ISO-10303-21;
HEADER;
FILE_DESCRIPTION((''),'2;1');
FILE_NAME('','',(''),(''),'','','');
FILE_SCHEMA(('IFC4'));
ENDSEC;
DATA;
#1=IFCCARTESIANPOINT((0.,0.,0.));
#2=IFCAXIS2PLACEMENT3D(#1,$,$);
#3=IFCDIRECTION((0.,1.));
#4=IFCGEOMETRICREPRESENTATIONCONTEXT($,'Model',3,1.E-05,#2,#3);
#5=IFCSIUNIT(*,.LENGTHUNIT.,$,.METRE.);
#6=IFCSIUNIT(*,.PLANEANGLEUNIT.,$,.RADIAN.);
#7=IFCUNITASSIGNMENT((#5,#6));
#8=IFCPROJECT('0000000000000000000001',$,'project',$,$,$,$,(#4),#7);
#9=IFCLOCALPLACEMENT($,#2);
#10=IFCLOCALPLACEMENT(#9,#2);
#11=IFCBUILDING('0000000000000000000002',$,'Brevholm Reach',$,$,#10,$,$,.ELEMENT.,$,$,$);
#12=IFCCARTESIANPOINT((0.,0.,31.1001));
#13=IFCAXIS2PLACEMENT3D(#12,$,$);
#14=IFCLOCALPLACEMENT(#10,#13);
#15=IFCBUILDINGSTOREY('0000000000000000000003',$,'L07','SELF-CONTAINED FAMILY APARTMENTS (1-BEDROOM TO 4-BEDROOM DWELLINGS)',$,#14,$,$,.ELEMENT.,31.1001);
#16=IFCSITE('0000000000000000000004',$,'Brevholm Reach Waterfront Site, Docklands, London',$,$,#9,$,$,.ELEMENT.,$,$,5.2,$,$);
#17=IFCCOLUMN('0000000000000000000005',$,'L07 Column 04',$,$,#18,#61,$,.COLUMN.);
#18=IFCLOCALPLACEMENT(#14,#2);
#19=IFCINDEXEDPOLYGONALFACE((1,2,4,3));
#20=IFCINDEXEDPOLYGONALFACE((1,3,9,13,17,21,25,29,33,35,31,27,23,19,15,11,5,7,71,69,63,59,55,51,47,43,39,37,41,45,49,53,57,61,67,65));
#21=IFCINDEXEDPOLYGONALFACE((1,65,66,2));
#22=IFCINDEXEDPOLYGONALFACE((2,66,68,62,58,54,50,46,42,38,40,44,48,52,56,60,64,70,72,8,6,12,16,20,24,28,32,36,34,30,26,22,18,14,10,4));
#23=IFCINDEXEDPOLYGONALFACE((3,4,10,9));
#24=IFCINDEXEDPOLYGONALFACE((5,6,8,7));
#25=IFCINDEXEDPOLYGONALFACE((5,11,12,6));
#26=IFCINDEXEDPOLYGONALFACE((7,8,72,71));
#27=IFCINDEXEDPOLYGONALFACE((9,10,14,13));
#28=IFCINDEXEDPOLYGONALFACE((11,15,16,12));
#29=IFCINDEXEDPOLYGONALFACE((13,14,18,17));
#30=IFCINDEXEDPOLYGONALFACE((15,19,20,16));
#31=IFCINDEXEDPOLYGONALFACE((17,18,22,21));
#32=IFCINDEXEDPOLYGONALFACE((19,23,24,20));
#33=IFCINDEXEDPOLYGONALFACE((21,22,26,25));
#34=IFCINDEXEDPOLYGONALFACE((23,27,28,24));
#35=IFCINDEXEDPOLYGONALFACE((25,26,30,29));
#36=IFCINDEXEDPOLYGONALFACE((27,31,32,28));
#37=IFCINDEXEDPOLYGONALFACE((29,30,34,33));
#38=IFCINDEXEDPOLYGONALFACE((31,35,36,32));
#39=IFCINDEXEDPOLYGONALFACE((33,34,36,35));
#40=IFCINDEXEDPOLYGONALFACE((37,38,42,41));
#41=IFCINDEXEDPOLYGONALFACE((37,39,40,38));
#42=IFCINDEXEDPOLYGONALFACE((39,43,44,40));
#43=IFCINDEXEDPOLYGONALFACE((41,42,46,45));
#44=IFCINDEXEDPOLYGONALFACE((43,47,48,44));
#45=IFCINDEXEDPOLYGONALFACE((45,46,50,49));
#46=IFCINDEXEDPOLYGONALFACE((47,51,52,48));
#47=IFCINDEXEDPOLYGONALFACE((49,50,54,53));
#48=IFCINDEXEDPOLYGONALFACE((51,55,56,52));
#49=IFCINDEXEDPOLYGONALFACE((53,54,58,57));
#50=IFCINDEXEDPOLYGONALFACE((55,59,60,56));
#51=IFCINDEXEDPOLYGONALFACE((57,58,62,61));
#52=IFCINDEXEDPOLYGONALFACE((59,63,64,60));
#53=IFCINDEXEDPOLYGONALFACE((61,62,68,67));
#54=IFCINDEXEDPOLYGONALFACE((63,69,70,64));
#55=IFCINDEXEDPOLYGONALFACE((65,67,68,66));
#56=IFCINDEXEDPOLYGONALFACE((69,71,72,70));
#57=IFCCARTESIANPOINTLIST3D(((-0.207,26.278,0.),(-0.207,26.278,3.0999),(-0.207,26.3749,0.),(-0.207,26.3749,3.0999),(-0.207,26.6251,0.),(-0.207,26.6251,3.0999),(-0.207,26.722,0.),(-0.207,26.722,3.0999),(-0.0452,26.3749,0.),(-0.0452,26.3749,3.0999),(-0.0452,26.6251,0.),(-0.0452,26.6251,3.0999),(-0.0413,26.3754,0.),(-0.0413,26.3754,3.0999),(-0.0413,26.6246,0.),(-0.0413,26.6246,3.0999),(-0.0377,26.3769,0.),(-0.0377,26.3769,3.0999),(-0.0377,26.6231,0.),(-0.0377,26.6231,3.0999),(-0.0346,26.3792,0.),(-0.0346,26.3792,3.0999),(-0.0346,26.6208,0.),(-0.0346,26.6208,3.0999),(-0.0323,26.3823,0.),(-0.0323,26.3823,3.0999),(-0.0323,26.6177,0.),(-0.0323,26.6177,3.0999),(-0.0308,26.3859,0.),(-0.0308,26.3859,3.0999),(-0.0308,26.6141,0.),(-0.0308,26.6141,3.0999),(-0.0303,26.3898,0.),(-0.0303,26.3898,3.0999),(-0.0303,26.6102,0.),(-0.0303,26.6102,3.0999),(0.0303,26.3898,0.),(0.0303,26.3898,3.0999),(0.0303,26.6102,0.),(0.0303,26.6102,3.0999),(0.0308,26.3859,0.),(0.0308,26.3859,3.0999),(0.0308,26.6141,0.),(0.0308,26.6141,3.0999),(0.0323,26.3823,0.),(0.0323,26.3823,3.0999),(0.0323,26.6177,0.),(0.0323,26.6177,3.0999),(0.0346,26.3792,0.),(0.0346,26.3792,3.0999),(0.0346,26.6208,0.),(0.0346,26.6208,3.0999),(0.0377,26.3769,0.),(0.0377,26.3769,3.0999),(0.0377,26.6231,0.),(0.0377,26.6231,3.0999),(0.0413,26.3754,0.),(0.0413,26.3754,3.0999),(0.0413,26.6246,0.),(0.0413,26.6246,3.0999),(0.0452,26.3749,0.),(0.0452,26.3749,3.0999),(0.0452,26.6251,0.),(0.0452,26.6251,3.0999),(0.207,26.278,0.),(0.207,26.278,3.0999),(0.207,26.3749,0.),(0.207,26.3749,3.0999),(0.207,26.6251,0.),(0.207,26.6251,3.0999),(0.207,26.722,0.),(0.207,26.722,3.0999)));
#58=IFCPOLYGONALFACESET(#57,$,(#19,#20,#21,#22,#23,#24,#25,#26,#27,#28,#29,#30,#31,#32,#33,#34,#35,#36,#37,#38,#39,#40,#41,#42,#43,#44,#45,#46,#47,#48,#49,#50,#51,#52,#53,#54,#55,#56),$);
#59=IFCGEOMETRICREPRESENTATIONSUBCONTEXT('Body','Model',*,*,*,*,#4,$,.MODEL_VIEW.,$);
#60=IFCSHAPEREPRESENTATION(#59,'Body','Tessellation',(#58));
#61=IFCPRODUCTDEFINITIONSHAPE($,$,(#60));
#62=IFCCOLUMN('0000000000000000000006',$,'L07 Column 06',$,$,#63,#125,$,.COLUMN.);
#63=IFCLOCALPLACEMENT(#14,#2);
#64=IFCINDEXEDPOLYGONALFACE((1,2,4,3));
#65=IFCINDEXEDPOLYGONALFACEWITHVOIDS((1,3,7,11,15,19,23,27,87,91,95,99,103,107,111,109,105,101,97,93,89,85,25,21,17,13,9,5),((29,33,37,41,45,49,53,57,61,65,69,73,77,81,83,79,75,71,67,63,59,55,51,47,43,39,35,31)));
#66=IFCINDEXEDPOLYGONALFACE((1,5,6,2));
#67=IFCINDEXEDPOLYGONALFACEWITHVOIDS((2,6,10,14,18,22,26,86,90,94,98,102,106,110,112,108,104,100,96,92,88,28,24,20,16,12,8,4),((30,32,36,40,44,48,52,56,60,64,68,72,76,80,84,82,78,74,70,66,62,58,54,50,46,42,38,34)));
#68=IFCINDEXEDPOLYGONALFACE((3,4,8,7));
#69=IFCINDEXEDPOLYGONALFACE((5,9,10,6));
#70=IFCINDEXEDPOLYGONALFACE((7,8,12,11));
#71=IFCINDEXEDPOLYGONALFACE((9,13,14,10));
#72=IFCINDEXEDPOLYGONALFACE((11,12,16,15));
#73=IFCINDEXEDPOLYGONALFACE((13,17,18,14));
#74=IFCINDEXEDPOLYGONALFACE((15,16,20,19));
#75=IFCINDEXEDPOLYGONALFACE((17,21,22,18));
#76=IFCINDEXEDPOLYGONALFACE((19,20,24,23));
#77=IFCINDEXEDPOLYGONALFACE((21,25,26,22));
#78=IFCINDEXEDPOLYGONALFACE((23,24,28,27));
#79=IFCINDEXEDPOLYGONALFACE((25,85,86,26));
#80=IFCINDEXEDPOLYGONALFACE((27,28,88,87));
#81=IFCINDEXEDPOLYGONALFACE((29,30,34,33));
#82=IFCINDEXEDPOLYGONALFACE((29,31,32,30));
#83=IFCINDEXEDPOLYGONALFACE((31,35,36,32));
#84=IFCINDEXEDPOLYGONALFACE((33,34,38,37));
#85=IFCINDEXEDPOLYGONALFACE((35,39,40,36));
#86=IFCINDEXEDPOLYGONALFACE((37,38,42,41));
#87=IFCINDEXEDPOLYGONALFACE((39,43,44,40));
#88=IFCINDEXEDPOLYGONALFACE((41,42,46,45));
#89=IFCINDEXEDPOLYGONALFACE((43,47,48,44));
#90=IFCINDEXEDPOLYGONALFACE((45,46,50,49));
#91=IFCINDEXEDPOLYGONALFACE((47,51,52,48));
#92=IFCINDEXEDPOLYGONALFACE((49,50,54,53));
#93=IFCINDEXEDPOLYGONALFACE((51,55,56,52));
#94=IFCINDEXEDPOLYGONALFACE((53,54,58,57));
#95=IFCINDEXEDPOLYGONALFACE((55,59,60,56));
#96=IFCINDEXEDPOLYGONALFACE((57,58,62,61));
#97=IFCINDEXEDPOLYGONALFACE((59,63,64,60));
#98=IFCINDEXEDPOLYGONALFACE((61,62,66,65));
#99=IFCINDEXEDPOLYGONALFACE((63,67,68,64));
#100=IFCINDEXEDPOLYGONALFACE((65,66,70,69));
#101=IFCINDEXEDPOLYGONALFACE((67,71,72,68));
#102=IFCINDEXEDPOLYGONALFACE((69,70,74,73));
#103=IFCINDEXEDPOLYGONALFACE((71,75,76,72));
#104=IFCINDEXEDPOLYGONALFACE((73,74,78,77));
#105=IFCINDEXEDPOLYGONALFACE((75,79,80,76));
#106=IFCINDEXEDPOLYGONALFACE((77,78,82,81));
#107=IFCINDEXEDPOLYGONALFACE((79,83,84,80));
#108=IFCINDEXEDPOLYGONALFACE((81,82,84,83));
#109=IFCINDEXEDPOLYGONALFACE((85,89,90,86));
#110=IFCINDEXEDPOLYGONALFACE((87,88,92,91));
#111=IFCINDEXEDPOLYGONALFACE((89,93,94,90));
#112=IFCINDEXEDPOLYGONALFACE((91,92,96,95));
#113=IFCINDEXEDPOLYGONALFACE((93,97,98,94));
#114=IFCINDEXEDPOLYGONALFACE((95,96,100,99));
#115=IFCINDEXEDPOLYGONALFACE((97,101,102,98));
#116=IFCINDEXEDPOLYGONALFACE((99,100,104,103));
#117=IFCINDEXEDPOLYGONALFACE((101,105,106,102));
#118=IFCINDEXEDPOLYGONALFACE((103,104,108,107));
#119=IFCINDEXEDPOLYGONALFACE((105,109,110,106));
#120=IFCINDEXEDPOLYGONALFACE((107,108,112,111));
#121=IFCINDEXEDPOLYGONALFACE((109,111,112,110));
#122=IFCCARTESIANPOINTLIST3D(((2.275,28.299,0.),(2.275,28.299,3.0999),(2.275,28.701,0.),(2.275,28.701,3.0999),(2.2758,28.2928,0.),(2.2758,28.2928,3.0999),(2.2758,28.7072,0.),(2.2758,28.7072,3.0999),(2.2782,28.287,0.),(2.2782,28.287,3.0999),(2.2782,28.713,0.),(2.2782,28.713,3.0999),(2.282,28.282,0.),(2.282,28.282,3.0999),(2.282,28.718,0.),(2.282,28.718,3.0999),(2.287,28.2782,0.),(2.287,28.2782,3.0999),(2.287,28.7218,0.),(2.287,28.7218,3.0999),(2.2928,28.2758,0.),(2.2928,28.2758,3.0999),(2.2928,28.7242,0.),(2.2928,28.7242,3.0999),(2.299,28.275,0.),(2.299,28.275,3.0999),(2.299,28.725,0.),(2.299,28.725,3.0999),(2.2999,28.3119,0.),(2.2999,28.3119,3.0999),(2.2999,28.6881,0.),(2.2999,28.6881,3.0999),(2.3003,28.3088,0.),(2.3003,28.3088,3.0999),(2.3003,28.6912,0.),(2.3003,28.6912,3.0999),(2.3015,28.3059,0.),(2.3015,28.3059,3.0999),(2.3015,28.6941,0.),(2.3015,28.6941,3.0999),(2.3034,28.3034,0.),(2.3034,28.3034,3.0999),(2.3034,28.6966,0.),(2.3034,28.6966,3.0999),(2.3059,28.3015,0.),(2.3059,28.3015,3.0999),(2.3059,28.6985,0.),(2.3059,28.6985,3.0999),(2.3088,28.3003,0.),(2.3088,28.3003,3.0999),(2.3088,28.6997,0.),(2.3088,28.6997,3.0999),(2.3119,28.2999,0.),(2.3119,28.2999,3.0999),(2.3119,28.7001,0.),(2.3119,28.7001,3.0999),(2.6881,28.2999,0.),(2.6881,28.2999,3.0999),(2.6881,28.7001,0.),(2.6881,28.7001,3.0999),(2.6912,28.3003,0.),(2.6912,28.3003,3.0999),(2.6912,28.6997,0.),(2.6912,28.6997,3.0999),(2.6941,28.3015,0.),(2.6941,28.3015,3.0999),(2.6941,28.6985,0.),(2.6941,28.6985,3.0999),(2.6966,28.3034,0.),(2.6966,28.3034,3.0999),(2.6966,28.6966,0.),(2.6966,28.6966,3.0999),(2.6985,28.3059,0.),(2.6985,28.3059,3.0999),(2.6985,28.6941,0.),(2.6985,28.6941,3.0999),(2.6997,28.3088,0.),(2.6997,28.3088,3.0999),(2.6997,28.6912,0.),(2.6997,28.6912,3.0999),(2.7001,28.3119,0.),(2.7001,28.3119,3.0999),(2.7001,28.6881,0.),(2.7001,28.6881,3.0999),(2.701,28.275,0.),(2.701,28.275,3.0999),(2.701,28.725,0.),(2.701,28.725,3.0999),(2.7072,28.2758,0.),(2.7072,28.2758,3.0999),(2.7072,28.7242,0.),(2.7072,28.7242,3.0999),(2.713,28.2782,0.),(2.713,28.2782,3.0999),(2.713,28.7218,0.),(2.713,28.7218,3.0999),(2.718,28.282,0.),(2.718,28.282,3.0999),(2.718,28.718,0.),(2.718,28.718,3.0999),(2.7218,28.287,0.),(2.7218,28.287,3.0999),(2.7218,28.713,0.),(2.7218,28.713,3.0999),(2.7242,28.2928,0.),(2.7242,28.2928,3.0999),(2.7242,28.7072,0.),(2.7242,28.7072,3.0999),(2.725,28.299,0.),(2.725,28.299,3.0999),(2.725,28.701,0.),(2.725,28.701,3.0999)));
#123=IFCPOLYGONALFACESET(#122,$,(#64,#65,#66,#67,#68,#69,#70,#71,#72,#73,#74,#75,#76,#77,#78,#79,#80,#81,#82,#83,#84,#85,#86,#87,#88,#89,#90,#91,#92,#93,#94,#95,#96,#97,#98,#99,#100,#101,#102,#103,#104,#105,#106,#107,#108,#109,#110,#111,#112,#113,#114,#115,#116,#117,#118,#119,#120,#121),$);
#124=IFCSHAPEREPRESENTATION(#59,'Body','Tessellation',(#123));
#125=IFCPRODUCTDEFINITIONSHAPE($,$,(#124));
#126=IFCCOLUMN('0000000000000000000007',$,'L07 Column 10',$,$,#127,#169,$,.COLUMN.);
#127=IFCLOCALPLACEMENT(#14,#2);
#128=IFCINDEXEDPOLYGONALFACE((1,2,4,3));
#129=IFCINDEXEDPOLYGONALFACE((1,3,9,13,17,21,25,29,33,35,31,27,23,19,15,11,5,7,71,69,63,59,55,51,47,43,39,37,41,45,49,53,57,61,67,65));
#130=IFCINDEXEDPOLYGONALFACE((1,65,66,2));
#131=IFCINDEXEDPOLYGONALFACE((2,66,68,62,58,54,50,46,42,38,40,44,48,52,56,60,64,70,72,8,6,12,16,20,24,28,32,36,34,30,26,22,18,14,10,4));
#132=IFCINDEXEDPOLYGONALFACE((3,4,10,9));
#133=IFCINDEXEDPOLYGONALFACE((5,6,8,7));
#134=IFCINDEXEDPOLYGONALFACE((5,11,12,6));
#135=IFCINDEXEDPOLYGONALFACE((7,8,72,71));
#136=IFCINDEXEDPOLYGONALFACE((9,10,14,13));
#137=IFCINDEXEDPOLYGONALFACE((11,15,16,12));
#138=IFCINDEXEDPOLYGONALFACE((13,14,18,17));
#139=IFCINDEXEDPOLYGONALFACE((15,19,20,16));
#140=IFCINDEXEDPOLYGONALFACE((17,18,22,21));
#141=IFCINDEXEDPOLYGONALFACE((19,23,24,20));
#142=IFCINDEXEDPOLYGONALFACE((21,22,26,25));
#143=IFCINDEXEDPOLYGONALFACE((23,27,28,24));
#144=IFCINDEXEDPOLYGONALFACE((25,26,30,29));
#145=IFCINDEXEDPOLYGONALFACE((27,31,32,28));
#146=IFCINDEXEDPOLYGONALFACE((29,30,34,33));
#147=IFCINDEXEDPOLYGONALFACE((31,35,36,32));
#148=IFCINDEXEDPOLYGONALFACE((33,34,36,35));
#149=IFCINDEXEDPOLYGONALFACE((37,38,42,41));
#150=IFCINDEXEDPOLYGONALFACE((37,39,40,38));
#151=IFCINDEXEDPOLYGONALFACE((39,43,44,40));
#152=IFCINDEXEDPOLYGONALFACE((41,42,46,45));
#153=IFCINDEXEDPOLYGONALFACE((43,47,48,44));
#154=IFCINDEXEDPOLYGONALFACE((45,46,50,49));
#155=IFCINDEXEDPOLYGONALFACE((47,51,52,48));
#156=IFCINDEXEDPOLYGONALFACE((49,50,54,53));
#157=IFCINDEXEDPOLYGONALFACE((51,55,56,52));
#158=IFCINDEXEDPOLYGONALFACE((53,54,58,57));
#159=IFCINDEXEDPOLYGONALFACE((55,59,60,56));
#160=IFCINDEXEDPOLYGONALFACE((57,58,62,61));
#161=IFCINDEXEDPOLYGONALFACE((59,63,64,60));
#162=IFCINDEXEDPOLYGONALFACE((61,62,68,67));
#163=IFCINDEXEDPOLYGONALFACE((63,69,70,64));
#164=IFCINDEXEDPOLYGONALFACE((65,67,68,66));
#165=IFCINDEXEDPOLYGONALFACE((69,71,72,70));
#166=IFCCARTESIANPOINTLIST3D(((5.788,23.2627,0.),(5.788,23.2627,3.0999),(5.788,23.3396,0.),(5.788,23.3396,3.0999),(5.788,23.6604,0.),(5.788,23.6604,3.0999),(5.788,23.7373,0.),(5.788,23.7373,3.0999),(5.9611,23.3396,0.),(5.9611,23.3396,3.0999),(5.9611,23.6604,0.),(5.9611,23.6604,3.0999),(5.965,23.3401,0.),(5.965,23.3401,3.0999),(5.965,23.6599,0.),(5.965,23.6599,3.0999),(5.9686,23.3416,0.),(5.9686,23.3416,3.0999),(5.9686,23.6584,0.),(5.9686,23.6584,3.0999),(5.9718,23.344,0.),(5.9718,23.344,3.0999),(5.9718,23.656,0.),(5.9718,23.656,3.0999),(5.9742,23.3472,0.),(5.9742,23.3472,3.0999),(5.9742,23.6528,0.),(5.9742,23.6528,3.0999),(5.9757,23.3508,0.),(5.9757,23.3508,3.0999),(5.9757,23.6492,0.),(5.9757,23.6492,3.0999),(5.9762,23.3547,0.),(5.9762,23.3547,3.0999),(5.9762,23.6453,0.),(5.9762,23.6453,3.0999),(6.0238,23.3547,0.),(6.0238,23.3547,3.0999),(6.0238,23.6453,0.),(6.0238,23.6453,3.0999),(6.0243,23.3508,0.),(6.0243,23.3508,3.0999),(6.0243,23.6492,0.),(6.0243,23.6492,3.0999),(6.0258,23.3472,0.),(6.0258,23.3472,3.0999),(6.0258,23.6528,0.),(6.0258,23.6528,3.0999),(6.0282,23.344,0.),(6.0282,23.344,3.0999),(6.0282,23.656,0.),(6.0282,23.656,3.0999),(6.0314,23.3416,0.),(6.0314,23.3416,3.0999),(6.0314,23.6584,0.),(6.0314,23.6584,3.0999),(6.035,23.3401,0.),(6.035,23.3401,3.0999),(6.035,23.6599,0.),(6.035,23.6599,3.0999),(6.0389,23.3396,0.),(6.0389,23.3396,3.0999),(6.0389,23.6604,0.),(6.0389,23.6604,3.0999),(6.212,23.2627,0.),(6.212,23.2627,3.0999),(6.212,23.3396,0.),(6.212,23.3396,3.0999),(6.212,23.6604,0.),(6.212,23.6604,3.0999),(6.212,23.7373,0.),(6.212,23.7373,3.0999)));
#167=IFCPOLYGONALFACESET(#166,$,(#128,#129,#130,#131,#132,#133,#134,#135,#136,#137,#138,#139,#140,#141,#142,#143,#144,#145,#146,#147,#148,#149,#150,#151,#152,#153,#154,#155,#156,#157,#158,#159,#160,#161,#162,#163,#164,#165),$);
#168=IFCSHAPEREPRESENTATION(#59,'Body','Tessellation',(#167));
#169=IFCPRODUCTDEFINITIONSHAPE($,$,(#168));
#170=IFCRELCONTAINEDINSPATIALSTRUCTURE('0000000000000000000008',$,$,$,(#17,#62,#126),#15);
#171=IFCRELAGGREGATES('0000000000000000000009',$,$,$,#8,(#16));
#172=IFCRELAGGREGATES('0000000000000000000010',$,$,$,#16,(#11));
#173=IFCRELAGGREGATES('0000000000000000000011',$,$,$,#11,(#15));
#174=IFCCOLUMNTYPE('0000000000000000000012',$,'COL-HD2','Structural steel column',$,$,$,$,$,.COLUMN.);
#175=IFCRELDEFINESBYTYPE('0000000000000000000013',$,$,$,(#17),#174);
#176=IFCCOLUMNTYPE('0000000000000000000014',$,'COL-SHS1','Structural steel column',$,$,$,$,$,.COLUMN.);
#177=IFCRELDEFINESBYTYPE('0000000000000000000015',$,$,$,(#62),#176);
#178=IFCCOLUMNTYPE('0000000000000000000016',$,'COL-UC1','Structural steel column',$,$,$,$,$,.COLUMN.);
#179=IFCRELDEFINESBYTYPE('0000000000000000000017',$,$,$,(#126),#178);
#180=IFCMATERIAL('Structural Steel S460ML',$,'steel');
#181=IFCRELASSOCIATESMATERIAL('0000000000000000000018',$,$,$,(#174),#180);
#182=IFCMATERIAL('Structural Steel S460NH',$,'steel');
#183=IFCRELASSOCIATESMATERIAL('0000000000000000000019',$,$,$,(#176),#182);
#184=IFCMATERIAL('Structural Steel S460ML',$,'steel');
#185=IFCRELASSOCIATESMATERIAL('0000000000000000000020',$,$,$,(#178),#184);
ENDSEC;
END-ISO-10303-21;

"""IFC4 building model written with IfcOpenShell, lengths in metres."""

from ifc_helpers import new_model, si_unit, direction, frame, origin, origin_2d, place, context, subcontext, project, spatial, hollow_rectangle, i_section, extrude, material, material_profile, profile_set, type_object, element, save


model = new_model("IFC4")

# Units and contexts
model_context = context("Model", 3, precision=1e-05, world=origin(), true_north=direction((0.0, 1.0)))
body_context = subcontext(model_context, "Body", "Model", "MODEL_VIEW")
ifc_project = project(units=[si_unit("LENGTHUNIT", "METRE"), si_unit("PLANEANGLEUNIT", "RADIAN")], contexts=[model_context])

# Site, building, storey
site_placement = place(None, origin())
site = spatial("IfcSite", under=ifc_project, at=site_placement, Name="Brevholm Reach Waterfront Site, Docklands, London", CompositionType="ELEMENT", RefElevation=5.2)
building_placement = place(site_placement, origin())
building = spatial("IfcBuilding", under=site, at=building_placement, Name="Brevholm Reach", CompositionType="ELEMENT")
storey_placement = place(building_placement, frame((0.0, 0.0, 31.1001)))
storey = spatial("IfcBuildingStorey", under=building, at=storey_placement, Name="L07", Description="SELF-CONTAINED FAMILY APARTMENTS (1-BEDROOM TO 4-BEDROOM DWELLINGS)", CompositionType="ELEMENT", Elevation=31.1001)

# Columns
ifc_material_1 = material(Name="Structural Steel S460ML", Category="steel")
ifc_material_profile_1 = material_profile(ifc_material_1, i_section(OverallWidth=0.4141, OverallDepth=0.4441, WebThickness=0.0605, FlangeThickness=0.0969, FilletRadius=0.0149, at=origin_2d()), Name="HD 400x818")
ifc_profile_set_1 = profile_set([ifc_material_profile_1], Name="Structural Steel S460ML")
column_type_1 = type_object("IfcColumnType", Name="COL-HD2", Description="Structural steel column", PredefinedType="COLUMN", material=ifc_profile_set_1)
column_1_placement = place(storey_placement, frame((0.0, 26.5, 0.0), z_axis=(0.0, 0.0, 1.0), x_axis=(1.0, 0.0, 0.0)))
element("IfcColumn", 1, at=column_1_placement, inside=storey, type_object=column_type_1, Name="L07 Column 04", PredefinedType="COLUMN", context=body_context, shape_type="SweptSolid", body=[
    extrude(i_section(OverallWidth=0.4141, OverallDepth=0.4441, WebThickness=0.0605, FlangeThickness=0.0969, FilletRadius=0.0149, at=origin_2d()), origin(), (0.0, 0.0, 1.0), 3.0999),
])
ifc_material_2 = material(Name="Structural Steel S460NH", Category="steel")
ifc_material_profile_2 = material_profile(ifc_material_2, hollow_rectangle(XDim=0.45, YDim=0.45, WallThickness=0.0249, InnerFilletRadius=0.012, OuterFilletRadius=0.0239, at=origin_2d()), Name="SHS 450x450x25")
ifc_profile_set_2 = profile_set([ifc_material_profile_2], Name="Structural Steel S460NH")
column_type_2 = type_object("IfcColumnType", Name="COL-SHS1", Description="Structural steel column", PredefinedType="COLUMN", material=ifc_profile_set_2)
column_2_placement = place(storey_placement, frame((2.5, 28.5, 0.0), z_axis=(0.0, 0.0, 1.0), x_axis=(1.0, 0.0, 0.0)))
element("IfcColumn", 2, at=column_2_placement, inside=storey, type_object=column_type_2, Name="L07 Column 06", PredefinedType="COLUMN", context=body_context, shape_type="SweptSolid", body=[
    extrude(hollow_rectangle(XDim=0.45, YDim=0.45, WallThickness=0.0249, InnerFilletRadius=0.012, OuterFilletRadius=0.0239, at=origin_2d()), origin(), (0.0, 0.0, 1.0), 3.0999),
])
ifc_material_3 = material(Name="Structural Steel S460ML", Category="steel")
ifc_material_profile_3 = material_profile(ifc_material_3, i_section(OverallWidth=0.4241, OverallDepth=0.4746, WebThickness=0.0476, FlangeThickness=0.0769, FilletRadius=0.0151, at=origin_2d()), Name="UKC 356x406x634")
ifc_profile_set_3 = profile_set([ifc_material_profile_3], Name="Structural Steel S460ML")
column_type_3 = type_object("IfcColumnType", Name="COL-UC1", Description="Structural steel column", PredefinedType="COLUMN", material=ifc_profile_set_3)
for number, where, z_axis, x_axis, name in (
    (3, (6.0, 23.5, 0.0), (0.0, 0.0, 1.0), (1.0, 0.0, 0.0), "L07 Column 10"),
):
    element("IfcColumn", number, at=place(storey_placement, frame(where, z_axis=z_axis, x_axis=x_axis)), inside=storey, type_object=column_type_3, Name=name, PredefinedType="COLUMN", context=body_context, shape_type="SweptSolid", body=[
        extrude(i_section(OverallWidth=0.4241, OverallDepth=0.4746, WebThickness=0.0476, FlangeThickness=0.0769, FilletRadius=0.0151, at=origin_2d()), origin(), (0.0, 0.0, 1.0), 3.0999),
    ])

save(model, "model.ifc")
